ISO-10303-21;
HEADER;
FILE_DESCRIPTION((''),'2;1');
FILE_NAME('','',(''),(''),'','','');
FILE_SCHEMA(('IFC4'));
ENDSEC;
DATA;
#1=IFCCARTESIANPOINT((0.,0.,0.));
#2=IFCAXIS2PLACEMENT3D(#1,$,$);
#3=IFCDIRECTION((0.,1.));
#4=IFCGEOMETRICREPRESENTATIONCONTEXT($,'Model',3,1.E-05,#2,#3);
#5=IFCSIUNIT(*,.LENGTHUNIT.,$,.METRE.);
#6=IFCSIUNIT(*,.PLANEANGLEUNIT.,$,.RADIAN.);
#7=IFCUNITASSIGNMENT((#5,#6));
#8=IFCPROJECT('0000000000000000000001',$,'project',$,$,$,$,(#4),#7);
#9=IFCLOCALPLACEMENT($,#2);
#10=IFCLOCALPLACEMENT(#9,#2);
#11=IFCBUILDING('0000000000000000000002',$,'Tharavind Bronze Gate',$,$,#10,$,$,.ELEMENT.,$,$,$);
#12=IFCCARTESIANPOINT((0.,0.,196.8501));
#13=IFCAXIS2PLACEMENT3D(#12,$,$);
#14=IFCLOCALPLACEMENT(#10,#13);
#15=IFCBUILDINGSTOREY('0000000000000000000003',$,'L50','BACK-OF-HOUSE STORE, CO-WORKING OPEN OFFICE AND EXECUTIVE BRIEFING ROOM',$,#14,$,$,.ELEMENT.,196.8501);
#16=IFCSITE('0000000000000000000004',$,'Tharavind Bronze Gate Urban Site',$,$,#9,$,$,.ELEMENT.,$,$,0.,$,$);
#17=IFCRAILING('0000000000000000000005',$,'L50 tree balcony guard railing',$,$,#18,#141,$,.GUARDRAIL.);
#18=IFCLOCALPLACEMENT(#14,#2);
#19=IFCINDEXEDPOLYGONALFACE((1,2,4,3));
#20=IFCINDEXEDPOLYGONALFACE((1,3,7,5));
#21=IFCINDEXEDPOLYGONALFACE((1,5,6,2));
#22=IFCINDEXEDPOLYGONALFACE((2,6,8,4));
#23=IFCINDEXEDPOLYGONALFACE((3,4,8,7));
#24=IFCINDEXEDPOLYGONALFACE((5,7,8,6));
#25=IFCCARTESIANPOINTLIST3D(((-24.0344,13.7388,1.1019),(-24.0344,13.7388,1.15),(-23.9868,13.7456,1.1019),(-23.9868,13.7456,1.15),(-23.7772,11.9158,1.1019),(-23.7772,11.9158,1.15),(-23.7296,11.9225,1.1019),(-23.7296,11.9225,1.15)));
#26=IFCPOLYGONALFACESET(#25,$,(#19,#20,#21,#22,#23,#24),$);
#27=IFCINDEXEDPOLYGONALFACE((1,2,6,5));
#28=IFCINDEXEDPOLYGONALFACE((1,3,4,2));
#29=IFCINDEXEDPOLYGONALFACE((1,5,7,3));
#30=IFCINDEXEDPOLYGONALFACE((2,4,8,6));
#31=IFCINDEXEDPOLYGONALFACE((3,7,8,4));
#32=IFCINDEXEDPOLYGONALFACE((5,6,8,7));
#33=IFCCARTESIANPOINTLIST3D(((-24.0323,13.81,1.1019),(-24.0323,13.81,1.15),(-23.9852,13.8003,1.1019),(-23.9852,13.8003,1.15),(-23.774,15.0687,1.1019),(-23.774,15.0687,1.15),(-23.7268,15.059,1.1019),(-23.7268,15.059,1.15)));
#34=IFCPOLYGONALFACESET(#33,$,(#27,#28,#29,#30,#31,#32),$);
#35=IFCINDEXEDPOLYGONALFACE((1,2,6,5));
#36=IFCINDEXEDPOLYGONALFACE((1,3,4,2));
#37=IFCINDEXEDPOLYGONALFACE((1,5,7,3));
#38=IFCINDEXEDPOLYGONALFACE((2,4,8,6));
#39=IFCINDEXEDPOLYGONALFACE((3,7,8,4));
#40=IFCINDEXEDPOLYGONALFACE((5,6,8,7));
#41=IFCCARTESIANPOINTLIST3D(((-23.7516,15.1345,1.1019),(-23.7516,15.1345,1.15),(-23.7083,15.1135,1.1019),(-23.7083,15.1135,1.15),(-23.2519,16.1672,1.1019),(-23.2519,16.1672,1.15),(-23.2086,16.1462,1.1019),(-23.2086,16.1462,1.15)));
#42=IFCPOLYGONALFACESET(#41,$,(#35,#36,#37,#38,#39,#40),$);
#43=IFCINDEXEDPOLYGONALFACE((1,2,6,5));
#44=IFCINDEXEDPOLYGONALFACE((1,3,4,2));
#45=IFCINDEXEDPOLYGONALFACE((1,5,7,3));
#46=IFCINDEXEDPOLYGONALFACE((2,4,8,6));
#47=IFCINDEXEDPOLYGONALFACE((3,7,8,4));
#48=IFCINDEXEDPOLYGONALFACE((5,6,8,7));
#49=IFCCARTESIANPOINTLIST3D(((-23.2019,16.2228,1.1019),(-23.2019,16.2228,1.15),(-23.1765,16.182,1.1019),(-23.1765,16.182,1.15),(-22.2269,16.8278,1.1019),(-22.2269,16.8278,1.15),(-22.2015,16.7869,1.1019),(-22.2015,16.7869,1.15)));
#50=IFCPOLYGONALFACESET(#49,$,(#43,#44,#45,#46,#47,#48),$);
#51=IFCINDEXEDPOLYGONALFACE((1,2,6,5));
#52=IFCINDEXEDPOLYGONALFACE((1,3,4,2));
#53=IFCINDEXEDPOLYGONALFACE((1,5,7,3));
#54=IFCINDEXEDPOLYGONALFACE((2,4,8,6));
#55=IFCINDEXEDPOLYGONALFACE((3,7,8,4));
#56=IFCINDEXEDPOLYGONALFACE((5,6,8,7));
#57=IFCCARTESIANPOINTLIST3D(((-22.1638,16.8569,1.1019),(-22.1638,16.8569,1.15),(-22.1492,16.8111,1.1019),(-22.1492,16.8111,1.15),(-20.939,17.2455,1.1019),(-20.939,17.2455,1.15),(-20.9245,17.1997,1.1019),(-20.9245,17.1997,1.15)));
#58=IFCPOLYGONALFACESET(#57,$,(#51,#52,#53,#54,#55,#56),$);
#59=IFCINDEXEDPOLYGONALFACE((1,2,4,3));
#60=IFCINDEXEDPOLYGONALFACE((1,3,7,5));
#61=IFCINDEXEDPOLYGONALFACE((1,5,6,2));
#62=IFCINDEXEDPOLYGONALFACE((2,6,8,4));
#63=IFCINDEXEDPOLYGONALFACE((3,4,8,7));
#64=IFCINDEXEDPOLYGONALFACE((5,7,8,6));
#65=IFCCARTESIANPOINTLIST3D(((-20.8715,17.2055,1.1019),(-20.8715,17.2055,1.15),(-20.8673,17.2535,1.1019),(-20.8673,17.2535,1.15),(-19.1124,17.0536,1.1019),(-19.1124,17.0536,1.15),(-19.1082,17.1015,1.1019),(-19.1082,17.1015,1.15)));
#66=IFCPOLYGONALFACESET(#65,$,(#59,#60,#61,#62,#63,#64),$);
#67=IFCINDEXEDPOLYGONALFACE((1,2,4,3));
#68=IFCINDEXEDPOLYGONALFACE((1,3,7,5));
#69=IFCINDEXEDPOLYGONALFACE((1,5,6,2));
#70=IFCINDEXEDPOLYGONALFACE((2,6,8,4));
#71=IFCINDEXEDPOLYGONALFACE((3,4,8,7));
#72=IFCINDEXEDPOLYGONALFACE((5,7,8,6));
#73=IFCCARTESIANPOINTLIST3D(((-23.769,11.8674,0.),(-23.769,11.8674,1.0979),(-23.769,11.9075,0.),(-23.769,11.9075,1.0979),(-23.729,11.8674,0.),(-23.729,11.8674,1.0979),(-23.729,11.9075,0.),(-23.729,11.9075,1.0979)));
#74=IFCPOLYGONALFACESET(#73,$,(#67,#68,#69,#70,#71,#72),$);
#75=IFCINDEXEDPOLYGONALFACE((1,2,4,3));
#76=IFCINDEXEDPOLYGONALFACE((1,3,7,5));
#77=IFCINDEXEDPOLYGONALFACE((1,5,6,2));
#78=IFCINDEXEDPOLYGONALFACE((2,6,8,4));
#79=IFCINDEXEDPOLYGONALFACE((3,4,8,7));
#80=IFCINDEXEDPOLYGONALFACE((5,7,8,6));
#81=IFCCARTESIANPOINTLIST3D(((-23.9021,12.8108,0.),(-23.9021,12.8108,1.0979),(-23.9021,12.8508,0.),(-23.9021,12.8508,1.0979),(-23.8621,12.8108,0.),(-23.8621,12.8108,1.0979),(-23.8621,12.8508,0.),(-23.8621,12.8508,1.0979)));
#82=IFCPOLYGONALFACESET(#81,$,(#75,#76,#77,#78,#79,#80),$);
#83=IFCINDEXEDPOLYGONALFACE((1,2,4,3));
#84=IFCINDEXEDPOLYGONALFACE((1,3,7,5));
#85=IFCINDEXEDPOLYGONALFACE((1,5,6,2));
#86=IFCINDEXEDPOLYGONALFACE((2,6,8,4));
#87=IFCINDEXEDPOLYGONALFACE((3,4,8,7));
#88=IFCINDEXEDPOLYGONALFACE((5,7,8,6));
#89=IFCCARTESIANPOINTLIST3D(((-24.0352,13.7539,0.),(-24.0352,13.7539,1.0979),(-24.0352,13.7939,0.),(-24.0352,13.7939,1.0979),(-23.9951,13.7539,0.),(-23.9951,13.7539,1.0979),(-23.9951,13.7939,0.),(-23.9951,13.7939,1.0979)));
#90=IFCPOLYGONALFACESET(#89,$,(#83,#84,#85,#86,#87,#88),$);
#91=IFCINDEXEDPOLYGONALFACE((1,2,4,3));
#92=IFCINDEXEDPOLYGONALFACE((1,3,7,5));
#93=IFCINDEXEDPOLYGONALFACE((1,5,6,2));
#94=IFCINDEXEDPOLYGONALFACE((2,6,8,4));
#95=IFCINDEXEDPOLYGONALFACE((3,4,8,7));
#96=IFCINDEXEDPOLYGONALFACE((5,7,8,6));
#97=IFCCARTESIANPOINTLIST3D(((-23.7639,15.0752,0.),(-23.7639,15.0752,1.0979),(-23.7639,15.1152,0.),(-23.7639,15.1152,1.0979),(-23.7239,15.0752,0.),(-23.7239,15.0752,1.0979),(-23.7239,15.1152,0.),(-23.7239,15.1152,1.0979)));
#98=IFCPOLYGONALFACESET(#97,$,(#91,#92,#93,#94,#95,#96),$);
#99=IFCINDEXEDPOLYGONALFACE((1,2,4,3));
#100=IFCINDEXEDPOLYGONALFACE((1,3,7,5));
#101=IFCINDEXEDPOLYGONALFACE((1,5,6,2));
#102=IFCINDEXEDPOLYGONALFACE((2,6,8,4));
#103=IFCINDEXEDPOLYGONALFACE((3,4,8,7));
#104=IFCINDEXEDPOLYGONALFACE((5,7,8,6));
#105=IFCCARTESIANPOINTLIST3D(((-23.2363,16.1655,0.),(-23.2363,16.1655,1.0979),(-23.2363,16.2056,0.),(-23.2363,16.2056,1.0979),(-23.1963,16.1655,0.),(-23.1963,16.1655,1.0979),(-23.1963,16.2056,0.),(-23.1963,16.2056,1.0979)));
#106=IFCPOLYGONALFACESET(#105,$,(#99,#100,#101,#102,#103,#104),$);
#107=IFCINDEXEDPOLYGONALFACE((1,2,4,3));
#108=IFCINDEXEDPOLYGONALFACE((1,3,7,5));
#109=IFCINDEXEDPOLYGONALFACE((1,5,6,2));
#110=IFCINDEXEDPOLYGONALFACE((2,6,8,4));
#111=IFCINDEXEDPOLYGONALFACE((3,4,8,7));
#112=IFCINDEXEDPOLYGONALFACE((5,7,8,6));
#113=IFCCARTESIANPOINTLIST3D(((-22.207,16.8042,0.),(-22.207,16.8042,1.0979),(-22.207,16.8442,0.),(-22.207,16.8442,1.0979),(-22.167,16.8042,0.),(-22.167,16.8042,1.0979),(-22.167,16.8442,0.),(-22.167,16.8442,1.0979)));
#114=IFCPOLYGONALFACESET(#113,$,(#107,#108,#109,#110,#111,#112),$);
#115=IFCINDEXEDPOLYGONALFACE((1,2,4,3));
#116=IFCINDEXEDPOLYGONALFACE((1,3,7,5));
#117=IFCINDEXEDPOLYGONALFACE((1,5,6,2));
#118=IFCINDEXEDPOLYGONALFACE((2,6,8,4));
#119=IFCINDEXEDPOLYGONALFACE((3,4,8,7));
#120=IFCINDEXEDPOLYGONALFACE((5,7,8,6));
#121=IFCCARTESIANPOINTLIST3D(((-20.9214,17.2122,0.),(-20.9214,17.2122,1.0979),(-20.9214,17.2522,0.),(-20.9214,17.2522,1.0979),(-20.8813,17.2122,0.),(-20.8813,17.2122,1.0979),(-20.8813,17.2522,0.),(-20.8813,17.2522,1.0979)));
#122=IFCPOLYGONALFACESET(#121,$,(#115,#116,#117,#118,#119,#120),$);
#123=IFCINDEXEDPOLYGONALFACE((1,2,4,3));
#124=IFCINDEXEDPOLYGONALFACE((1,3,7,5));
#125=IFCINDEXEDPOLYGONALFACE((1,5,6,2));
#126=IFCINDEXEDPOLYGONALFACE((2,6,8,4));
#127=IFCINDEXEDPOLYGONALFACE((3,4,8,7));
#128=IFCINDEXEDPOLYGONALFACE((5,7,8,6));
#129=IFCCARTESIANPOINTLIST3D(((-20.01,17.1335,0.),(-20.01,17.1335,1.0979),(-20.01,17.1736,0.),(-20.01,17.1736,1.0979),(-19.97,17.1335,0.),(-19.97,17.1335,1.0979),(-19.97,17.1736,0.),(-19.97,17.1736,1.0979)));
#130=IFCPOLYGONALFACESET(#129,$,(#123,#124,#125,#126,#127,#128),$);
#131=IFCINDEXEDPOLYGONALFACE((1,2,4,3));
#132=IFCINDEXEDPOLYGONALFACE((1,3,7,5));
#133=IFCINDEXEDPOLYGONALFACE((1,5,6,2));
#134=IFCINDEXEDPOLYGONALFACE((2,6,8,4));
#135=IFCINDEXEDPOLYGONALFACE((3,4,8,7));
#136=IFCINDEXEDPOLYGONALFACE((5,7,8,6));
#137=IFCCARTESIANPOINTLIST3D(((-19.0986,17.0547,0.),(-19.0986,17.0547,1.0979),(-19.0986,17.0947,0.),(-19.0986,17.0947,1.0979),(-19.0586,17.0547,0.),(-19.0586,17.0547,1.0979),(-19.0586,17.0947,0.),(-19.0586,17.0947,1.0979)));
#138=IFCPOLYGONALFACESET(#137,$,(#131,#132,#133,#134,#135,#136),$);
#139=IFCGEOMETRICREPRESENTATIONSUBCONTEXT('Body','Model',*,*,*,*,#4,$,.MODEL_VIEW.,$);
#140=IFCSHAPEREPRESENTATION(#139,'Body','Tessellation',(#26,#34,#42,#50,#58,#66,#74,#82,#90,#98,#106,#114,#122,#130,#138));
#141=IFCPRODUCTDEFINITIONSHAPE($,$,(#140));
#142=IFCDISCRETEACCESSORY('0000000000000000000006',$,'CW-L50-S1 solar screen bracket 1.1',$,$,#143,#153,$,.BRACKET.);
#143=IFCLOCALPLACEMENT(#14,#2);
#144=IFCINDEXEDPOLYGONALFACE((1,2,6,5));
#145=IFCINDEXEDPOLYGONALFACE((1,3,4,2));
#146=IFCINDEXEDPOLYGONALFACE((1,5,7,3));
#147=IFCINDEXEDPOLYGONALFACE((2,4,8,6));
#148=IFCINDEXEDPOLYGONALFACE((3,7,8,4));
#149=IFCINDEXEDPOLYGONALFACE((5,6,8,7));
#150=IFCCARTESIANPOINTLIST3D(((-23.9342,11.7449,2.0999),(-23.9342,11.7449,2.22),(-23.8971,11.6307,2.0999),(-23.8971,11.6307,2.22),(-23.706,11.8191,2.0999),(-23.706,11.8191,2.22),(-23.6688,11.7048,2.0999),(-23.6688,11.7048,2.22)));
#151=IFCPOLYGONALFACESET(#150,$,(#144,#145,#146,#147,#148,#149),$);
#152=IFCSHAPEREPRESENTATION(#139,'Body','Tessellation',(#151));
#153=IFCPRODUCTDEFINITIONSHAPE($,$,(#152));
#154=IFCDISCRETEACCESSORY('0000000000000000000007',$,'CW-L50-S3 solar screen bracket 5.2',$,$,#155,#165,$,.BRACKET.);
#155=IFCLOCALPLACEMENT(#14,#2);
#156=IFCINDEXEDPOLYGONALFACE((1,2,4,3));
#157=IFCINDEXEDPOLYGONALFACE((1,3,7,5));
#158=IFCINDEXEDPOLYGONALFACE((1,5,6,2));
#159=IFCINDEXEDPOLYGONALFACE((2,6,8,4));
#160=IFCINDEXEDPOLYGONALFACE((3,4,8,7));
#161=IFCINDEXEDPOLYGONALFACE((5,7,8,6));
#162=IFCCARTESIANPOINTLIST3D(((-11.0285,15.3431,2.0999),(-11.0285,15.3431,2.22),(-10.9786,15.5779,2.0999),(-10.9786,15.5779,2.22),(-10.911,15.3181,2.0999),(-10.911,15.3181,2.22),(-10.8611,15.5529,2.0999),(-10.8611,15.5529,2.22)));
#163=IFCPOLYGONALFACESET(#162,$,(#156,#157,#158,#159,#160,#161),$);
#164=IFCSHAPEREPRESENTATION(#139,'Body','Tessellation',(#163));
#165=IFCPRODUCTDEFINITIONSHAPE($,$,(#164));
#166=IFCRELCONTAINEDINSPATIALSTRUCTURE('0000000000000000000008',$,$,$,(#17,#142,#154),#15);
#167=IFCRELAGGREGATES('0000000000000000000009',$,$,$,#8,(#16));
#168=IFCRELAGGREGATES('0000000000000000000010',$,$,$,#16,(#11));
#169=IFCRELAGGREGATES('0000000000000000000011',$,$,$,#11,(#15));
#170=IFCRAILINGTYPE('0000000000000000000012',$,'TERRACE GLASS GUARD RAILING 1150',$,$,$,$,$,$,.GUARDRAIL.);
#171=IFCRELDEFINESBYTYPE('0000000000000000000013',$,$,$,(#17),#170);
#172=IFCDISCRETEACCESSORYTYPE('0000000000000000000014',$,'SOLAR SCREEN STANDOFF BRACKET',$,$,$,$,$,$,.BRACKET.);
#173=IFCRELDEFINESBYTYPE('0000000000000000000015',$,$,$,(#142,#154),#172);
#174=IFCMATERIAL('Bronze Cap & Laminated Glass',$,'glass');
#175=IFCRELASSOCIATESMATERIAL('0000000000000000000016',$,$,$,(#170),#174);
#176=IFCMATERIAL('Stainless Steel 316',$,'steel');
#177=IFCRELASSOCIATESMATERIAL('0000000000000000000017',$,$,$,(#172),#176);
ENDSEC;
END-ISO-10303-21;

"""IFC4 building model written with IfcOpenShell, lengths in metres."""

from ifc_helpers import new_model, si_unit, direction, frame, origin, origin_2d, place, context, subcontext, project, spatial, rectangle, extrude, material, type_object, element, save


model = new_model("IFC4")

# Units and contexts
model_context = context("Model", 3, precision=1e-05, world=origin(), true_north=direction((0.0, 1.0)))
body_context = subcontext(model_context, "Body", "Model", "MODEL_VIEW")
ifc_project = project(units=[si_unit("LENGTHUNIT", "METRE"), si_unit("PLANEANGLEUNIT", "RADIAN")], contexts=[model_context])

# Site, building, storey
site_placement = place(None, origin())
site = spatial("IfcSite", under=ifc_project, at=site_placement, Name="Tharavind Bronze Gate Urban Site", CompositionType="ELEMENT", RefElevation=0.0)
building_placement = place(site_placement, origin())
building = spatial("IfcBuilding", under=site, at=building_placement, Name="Tharavind Bronze Gate", CompositionType="ELEMENT")
storey_placement = place(building_placement, frame((0.0, 0.0, 196.8501)))
storey = spatial("IfcBuildingStorey", under=building, at=storey_placement, Name="L50", Description="BACK-OF-HOUSE STORE, CO-WORKING OPEN OFFICE AND EXECUTIVE BRIEFING ROOM", CompositionType="ELEMENT", Elevation=196.8501)

# Railing
ifc_material_1 = material(Name="Bronze Cap & Laminated Glass", Category="glass")
railing_type = type_object("IfcRailingType", Name="TERRACE GLASS GUARD RAILING 1150", PredefinedType="GUARDRAIL", material=ifc_material_1)
railing_placement = place(storey_placement, frame((-23.749, 11.8875, 0.0)))
element("IfcRailing", 1, at=railing_placement, inside=storey, type_object=railing_type, Name="L50 tree balcony guard railing", PredefinedType="GUARDRAIL", context=body_context, shape_type="SweptSolid", body=[
    extrude(rectangle(XDim=0.0481, YDim=0.0481, at=origin_2d()), frame((-0.0044, 0.0317, 1.126), z_axis=(-0.139681, 0.990197, 0.0), x_axis=(-0.990197, -0.139681, 0.0)), (0.0, 0.0, 1.0), 1.8411),
    extrude(rectangle(XDim=0.0481, YDim=0.0481, at=origin_2d()), frame((-0.2598, 1.9177, 1.126), z_axis=(0.201091, 0.979573, 0.0), x_axis=(-0.979573, 0.201091, 0.0)), (0.0, 0.0, 1.0), 1.2849),
    extrude(rectangle(XDim=0.0481, YDim=0.0481, at=origin_2d()), frame((0.019, 3.2366, 1.126), z_axis=(0.435566, 0.900157, 0.0), x_axis=(-0.900157, 0.435566, 0.0)), (0.0, 0.0, 1.0), 1.1472),
    extrude(rectangle(XDim=0.0481, YDim=0.0481, at=origin_2d()), frame((0.5598, 4.3149, 1.126), z_axis=(0.849715, 0.527242, 0.0), x_axis=(-0.527242, 0.849715, 0.0)), (0.0, 0.0, 1.0), 1.1475),
    extrude(rectangle(XDim=0.0481, YDim=0.0481, at=origin_2d()), frame((1.5925, 4.9465, 1.126), z_axis=(0.953163, 0.302456, 0.0), x_axis=(-0.302456, 0.953163, 0.0)), (0.0, 0.0, 1.0), 1.2849),
    extrude(rectangle(XDim=0.0481, YDim=0.0481, at=origin_2d()), frame((2.8796, 5.342, 1.126), z_axis=(0.996289, -0.086071, 0.0), x_axis=(0.086071, 0.996289, 0.0)), (0.0, 0.0, 1.0), 1.7656),
    extrude(rectangle(XDim=0.04, YDim=0.04, at=origin_2d()), origin(), (0.0, 0.0, 1.0), 1.0979),
    extrude(rectangle(XDim=0.04, YDim=0.04, at=origin_2d()), frame((-0.1331, 0.9434, 0.0)), (0.0, 0.0, 1.0), 1.0979),
    extrude(rectangle(XDim=0.04, YDim=0.04, at=origin_2d()), frame((-0.2661, 1.8865, 0.0)), (0.0, 0.0, 1.0), 1.0979),
    extrude(rectangle(XDim=0.04, YDim=0.04, at=origin_2d()), frame((0.0051, 3.2078, 0.0)), (0.0, 0.0, 1.0), 1.0979),
    extrude(rectangle(XDim=0.04, YDim=0.04, at=origin_2d()), frame((0.5327, 4.2981, 0.0)), (0.0, 0.0, 1.0), 1.0979),
    extrude(rectangle(XDim=0.04, YDim=0.04, at=origin_2d()), frame((1.562, 4.9368, 0.0)), (0.0, 0.0, 1.0), 1.0979),
    extrude(rectangle(XDim=0.04, YDim=0.04, at=origin_2d()), frame((2.8477, 5.3447, 0.0)), (0.0, 0.0, 1.0), 1.0979),
    extrude(rectangle(XDim=0.04, YDim=0.04, at=origin_2d()), frame((3.759, 5.2661, 0.0)), (0.0, 0.0, 1.0), 1.0979),
    extrude(rectangle(XDim=0.04, YDim=0.04, at=origin_2d()), frame((4.6704, 5.1873, 0.0)), (0.0, 0.0, 1.0), 1.0979),
])

# Discrete accessories
ifc_material_2 = material(Name="Stainless Steel 316", Category="steel")
discrete_accessory_type = type_object("IfcDiscreteAccessoryType", Name="SOLAR SCREEN STANDOFF BRACKET", PredefinedType="BRACKET", material=ifc_material_2)
for number, where, z_axis, x_axis, name in (
    (2, (-23.8015, 11.7249, 2.0999), (0.0, 0.0, 1.0), (0.309017, -0.951057, 0.0), "CW-L50-S1 solar screen bracket 1.1"),
    (3, (-10.9448, 15.448, 2.0999), (0.0, 0.0, 1.0), (-0.978148, 0.207912, 0.0), "CW-L50-S3 solar screen bracket 5.2"),
):
    element("IfcDiscreteAccessory", number, at=place(storey_placement, frame(where, z_axis=z_axis, x_axis=x_axis)), inside=storey, type_object=discrete_accessory_type, Name=name, PredefinedType="BRACKET", context=body_context, shape_type="SweptSolid", body=[
        extrude(rectangle(XDim=0.1201, YDim=0.24, at=origin_2d()), origin(), (0.0, 0.0, 1.0), 0.1201),
    ])

save(model, "model.ifc")
